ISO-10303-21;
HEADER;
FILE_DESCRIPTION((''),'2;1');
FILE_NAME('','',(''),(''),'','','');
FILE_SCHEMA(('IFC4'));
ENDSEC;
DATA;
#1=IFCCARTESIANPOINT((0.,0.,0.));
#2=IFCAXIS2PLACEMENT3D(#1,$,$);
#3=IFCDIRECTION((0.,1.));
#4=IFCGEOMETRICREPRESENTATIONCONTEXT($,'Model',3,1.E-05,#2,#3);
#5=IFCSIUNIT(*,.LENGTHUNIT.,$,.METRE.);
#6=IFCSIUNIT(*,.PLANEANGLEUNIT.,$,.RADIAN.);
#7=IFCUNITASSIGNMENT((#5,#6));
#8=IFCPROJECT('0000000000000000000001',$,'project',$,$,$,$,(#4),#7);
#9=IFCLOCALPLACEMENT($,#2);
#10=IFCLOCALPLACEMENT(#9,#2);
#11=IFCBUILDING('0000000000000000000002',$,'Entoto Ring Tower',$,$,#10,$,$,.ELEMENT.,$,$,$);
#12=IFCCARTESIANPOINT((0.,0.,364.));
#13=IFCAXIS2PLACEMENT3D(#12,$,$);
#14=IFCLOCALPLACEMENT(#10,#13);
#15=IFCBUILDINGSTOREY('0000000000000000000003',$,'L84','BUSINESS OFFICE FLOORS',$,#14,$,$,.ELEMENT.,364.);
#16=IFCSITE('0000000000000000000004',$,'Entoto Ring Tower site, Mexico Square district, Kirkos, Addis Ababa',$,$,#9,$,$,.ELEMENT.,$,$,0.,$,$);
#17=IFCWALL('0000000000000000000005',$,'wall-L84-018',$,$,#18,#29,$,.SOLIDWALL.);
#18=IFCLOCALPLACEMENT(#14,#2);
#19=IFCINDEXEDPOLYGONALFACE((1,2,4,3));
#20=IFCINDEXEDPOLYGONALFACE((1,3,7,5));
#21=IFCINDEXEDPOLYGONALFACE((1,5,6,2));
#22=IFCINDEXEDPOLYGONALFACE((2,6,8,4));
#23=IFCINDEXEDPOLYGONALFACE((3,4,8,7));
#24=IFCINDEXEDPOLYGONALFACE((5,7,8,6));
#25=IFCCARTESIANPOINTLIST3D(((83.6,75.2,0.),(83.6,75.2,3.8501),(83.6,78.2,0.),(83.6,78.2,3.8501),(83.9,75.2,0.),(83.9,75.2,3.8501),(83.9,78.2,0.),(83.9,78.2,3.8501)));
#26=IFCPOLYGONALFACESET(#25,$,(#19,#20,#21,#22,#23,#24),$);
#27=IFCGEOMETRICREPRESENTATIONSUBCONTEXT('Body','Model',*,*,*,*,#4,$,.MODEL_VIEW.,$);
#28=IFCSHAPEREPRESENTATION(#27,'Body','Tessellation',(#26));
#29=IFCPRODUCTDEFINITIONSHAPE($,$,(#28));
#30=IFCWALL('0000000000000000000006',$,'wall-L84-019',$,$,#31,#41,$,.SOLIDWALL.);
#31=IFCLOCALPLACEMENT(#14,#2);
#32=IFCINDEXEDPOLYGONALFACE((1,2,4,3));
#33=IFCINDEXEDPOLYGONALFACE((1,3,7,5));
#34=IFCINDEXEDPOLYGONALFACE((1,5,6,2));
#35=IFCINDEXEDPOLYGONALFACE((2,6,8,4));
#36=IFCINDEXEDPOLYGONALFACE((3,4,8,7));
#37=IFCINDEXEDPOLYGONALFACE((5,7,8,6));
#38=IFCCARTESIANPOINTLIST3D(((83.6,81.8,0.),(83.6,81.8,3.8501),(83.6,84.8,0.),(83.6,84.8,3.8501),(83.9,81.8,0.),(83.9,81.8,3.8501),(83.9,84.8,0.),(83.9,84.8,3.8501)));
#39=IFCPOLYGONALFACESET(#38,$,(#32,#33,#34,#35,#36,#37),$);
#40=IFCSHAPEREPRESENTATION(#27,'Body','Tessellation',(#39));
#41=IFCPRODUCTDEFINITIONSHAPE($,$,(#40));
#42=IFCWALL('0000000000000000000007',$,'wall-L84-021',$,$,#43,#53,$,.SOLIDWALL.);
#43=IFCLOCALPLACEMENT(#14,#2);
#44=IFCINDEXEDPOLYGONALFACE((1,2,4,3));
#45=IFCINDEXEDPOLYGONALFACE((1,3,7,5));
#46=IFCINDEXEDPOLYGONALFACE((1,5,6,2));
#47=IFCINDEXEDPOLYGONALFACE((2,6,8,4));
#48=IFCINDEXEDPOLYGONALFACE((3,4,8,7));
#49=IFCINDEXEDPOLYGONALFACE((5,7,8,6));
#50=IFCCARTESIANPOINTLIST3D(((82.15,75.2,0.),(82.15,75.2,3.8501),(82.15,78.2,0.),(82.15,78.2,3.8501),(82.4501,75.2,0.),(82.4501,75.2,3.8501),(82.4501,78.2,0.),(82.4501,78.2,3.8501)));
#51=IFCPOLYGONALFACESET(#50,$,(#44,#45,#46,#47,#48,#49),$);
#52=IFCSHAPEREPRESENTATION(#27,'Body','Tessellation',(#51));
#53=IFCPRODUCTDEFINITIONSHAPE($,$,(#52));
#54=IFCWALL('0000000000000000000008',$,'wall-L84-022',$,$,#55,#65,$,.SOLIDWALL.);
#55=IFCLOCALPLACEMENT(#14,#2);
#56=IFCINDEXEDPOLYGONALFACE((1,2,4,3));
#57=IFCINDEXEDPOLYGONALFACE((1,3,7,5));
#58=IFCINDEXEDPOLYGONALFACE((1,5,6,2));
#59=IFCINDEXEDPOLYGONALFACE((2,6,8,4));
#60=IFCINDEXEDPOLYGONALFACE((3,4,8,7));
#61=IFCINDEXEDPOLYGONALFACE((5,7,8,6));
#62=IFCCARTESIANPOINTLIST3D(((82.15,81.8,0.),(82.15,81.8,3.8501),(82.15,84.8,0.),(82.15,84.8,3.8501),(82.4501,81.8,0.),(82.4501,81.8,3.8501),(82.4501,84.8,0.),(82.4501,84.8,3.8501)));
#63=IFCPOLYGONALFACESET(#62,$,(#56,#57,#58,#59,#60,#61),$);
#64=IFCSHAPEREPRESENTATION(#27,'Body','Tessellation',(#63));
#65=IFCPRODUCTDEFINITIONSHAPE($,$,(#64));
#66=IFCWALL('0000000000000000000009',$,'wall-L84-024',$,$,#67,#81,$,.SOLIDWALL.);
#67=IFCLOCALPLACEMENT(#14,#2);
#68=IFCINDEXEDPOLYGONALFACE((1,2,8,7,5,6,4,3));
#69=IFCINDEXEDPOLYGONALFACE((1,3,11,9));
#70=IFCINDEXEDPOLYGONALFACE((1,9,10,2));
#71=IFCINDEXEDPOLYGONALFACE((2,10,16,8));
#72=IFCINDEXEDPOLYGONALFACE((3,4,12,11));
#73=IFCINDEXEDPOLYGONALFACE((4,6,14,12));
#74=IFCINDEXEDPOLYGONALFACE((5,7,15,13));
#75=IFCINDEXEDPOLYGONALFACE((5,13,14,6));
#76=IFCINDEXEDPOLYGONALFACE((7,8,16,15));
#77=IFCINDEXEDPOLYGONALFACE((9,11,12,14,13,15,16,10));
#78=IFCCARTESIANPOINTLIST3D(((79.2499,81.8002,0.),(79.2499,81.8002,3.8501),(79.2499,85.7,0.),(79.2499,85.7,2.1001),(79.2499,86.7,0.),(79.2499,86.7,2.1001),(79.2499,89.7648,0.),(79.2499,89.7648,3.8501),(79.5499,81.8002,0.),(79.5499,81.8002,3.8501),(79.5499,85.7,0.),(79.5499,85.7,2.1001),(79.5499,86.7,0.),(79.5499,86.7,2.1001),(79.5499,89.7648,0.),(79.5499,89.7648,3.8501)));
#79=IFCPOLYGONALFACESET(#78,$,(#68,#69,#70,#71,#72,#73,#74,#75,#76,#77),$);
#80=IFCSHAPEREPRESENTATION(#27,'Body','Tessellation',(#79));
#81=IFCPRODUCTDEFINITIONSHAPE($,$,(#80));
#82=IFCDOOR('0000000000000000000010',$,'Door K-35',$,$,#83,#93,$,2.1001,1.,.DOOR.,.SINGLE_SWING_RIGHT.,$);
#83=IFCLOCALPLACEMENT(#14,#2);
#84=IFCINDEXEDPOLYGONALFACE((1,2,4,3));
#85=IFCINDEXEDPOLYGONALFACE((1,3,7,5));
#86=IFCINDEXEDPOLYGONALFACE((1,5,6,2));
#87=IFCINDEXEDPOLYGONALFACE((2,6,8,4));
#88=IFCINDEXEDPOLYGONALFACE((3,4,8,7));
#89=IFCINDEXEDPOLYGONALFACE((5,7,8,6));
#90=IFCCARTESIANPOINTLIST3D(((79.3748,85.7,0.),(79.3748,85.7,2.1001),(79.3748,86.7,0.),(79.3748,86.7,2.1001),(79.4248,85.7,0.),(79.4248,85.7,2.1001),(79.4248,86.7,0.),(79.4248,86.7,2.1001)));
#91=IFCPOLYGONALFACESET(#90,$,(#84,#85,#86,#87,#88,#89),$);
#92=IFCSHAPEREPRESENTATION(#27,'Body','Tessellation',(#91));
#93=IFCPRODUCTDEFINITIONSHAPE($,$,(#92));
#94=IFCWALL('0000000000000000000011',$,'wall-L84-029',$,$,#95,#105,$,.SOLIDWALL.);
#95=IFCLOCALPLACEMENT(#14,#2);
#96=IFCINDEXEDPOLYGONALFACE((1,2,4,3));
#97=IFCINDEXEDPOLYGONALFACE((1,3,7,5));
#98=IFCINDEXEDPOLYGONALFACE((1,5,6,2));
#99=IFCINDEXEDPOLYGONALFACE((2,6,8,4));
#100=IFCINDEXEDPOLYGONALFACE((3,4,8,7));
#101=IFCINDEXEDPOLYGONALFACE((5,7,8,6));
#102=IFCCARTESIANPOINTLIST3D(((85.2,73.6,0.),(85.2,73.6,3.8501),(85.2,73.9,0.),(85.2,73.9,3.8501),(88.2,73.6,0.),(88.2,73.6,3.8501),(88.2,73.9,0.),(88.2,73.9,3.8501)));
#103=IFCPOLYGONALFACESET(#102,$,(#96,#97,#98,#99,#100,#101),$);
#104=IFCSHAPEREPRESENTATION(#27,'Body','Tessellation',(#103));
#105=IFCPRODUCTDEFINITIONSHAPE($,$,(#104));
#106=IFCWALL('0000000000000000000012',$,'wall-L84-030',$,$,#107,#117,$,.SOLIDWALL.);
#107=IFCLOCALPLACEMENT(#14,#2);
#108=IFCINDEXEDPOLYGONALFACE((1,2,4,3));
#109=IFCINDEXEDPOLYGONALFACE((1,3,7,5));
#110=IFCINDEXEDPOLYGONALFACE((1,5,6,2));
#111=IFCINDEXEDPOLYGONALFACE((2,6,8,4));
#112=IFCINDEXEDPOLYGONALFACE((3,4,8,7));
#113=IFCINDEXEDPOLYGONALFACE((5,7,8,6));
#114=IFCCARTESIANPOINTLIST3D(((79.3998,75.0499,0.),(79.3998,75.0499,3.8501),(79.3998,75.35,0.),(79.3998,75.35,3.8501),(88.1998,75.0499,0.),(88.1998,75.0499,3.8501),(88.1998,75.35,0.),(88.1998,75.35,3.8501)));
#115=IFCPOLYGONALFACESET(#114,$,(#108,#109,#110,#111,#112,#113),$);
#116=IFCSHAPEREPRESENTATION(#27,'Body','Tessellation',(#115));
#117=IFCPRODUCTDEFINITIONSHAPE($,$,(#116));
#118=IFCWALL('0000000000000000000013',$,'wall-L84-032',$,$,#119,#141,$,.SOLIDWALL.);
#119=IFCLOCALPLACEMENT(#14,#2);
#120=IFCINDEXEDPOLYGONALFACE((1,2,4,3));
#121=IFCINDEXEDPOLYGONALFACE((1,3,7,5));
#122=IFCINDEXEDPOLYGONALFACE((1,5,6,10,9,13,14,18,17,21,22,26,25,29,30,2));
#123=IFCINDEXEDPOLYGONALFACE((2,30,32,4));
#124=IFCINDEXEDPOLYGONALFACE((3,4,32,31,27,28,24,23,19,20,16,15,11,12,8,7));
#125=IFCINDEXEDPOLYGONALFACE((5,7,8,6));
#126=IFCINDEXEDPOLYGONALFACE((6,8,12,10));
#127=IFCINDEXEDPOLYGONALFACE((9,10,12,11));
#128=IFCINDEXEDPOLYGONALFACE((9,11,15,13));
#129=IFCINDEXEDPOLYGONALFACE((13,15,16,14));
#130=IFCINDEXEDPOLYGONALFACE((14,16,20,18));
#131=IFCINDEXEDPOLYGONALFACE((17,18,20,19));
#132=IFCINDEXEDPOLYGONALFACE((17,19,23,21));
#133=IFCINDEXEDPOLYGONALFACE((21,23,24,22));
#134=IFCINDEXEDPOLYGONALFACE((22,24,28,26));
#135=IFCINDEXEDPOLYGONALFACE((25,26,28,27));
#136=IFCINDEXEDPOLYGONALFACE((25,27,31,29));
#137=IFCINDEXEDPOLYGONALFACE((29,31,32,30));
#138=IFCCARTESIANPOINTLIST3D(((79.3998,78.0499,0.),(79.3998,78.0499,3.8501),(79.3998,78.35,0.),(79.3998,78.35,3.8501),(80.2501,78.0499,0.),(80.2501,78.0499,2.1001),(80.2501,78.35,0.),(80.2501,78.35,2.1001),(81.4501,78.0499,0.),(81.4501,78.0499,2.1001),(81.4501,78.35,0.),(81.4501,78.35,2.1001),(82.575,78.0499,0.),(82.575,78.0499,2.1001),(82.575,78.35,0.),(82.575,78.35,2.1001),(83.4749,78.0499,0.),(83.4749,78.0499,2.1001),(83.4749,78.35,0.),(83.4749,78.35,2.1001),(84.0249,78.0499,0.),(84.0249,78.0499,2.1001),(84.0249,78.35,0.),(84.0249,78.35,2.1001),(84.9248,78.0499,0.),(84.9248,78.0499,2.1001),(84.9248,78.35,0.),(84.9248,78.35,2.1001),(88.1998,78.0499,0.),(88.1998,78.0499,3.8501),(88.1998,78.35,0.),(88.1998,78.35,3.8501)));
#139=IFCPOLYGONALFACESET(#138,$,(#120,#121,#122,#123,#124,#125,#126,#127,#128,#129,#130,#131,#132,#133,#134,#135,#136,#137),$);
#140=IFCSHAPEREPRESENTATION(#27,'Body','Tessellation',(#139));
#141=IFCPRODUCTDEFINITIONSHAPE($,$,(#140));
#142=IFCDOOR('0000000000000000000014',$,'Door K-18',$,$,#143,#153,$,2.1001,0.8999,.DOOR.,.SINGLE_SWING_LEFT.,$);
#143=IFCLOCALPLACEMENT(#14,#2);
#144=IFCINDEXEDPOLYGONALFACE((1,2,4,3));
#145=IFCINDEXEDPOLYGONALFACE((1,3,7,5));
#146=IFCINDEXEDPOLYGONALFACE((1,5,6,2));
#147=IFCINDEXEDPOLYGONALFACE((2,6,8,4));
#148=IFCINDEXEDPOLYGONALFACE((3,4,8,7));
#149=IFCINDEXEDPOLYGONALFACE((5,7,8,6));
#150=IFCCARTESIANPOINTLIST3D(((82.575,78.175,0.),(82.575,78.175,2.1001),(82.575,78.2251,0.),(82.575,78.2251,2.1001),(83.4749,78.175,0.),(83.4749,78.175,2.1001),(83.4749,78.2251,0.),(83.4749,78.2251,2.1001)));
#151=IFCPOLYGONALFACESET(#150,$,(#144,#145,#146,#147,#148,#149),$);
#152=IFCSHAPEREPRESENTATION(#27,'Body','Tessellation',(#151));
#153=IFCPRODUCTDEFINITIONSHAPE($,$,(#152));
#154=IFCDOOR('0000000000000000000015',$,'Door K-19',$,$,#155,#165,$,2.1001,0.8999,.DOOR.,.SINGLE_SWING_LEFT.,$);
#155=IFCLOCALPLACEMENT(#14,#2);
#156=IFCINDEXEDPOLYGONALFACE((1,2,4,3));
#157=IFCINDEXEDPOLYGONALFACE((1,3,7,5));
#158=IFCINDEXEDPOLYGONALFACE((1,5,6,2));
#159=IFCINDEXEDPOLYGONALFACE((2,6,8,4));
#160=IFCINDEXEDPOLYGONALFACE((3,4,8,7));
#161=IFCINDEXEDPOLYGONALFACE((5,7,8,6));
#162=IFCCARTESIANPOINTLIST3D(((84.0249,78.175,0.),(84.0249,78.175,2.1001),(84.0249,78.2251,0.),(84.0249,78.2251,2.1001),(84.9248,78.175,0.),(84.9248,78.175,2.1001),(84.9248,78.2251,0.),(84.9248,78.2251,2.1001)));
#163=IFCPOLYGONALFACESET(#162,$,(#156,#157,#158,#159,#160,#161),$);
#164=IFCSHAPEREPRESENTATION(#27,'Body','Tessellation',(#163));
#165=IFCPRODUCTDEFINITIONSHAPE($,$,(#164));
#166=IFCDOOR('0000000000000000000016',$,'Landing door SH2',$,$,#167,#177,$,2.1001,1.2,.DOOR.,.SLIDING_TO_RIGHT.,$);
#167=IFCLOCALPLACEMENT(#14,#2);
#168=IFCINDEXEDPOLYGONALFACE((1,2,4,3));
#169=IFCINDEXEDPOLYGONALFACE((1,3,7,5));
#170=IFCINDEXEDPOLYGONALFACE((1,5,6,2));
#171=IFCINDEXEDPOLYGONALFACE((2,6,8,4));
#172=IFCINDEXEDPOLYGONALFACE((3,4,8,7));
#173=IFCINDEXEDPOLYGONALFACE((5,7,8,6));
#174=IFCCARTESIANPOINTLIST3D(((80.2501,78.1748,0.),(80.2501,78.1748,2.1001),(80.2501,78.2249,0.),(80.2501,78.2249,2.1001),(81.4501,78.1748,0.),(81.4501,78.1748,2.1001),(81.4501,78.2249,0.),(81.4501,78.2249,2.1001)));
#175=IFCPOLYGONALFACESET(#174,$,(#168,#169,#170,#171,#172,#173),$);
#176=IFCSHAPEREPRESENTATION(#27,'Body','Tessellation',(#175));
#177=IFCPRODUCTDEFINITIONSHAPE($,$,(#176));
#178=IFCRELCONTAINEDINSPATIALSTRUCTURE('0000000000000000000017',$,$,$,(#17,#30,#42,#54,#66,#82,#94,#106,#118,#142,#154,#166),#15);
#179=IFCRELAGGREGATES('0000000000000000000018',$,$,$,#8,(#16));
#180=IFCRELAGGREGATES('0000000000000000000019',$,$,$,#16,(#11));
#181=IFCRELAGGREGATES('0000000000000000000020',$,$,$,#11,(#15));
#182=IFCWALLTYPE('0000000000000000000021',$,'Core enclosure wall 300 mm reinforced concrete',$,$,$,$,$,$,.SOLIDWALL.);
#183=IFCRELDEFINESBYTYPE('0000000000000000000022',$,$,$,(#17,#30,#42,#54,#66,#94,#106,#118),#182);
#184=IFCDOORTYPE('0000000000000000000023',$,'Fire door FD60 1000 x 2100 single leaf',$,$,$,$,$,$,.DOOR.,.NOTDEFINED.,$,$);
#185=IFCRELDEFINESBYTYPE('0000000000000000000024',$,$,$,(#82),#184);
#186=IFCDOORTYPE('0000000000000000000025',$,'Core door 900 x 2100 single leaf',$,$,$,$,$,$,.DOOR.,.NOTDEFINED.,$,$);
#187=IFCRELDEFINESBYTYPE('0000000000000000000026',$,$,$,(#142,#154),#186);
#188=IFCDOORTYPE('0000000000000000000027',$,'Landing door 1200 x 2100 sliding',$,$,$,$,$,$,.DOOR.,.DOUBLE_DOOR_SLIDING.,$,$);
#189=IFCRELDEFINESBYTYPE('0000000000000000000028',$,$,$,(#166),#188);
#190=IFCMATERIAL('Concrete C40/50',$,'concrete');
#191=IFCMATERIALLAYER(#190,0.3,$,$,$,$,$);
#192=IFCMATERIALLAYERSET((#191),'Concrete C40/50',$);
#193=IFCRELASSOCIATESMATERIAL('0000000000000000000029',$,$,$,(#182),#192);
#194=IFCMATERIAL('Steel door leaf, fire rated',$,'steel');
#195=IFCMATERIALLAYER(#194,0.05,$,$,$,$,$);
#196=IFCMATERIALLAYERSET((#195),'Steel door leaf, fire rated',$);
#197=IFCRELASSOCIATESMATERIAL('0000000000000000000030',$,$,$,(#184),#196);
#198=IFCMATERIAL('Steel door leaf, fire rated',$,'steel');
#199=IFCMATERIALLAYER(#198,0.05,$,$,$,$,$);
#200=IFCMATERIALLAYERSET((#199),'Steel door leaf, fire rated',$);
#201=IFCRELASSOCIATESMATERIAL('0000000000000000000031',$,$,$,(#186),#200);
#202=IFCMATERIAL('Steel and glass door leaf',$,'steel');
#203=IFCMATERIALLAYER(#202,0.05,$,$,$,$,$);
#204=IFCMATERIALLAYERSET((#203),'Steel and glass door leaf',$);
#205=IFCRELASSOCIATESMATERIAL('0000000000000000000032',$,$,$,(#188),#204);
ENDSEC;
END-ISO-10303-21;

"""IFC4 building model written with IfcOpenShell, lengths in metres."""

from ifc_helpers import new_model, si_unit, direction, frame, frame_2d, origin, place, context, subcontext, project, spatial, rectangle, extrude, material, layer, layer_set, type_object, element, fill, save


model = new_model("IFC4")

# Units and contexts
model_context = context("Model", 3, precision=1e-05, world=origin(), true_north=direction((0.0, 1.0)))
body_context = subcontext(model_context, "Body", "Model", "MODEL_VIEW")
ifc_project = project(units=[si_unit("LENGTHUNIT", "METRE"), si_unit("PLANEANGLEUNIT", "RADIAN")], contexts=[model_context])

# Site, building, storey
site_placement = place(None, origin())
site = spatial("IfcSite", under=ifc_project, at=site_placement, Name="Entoto Ring Tower site, Mexico Square district, Kirkos, Addis Ababa", CompositionType="ELEMENT", RefElevation=0.0)
building_placement = place(site_placement, origin())
building = spatial("IfcBuilding", under=site, at=building_placement, Name="Entoto Ring Tower", CompositionType="ELEMENT")
storey_placement = place(building_placement, frame((0.0, 0.0, 364.0)))
storey = spatial("IfcBuildingStorey", under=building, at=storey_placement, Name="L84", Description="BUSINESS OFFICE FLOORS", CompositionType="ELEMENT", Elevation=364.0)

# Walls
ifc_material_1 = material(Name="Concrete C40/50", Category="concrete")
ifc_layer_1 = layer(ifc_material_1, 0.3)
ifc_layer_set_1 = layer_set([ifc_layer_1], Name="Concrete C40/50")
wall_type = type_object("IfcWallType", Name="Core enclosure wall 300 mm reinforced concrete", PredefinedType="SOLIDWALL", material=ifc_layer_set_1)
for number, where, z_axis, x_axis, name in (
    (1, (83.75, 75.2, 0.0), (0.0, 0.0, 1.0), (0.0, 1.0, 0.0), "wall-L84-018"),
    (2, (83.75, 81.8, 0.0), (0.0, 0.0, 1.0), (0.0, 1.0, 0.0), "wall-L84-019"),
    (3, (82.3, 75.2, 0.0), (0.0, 0.0, 1.0), (0.0, 1.0, 0.0), "wall-L84-021"),
    (4, (82.3, 81.8, 0.0), (0.0, 0.0, 1.0), (0.0, 1.0, 0.0), "wall-L84-022"),
):
    element("IfcWall", number, at=place(storey_placement, frame(where, z_axis=z_axis, x_axis=x_axis)), inside=storey, type_object=wall_type, Name=name, PredefinedType="SOLIDWALL", context=body_context, shape_type="SweptSolid", body=[
        extrude(rectangle(XDim=3.0, YDim=0.3, at=frame_2d((1.5, 0.0))), origin(), (0.0, 0.0, 1.0), 3.8501),
    ])

# Wall, opening, door
wall_1_placement = place(storey_placement, frame((79.3999, 81.8, 0.0), z_axis=(0.0, 0.0, 1.0), x_axis=(0.0, 1.0, 0.0)))
wall_1 = element("IfcWall", 5, at=wall_1_placement, inside=storey, type_object=wall_type, Name="wall-L84-024", PredefinedType="SOLIDWALL", context=body_context, shape_type="SweptSolid", body=[
    extrude(rectangle(XDim=7.9646, YDim=0.3, at=frame_2d((3.9824, 0.0))), origin(), (0.0, 0.0, 1.0), 3.8501),
])
opening_1_placement = place(wall_1_placement, frame((3.8999, 0.0, 0.0)))
opening_1 = element("IfcOpeningElement", 6, at=opening_1_placement, cuts=wall_1, PredefinedType="OPENING", context=body_context, shape_type="SweptSolid", body=[
    extrude(rectangle(XDim=1.0, YDim=2.1001, at=frame_2d((0.5, 1.05))), frame((0.0, 0.1602, 0.0), z_axis=(0.0, -1.0, 0.0), x_axis=(1.0, 0.0, 0.0)), (0.0, 0.0, 1.0), 0.3201),
])
ifc_material_2 = material(Name="Steel door leaf, fire rated", Category="steel")
ifc_layer_2 = layer(ifc_material_2, 0.05)
ifc_layer_set_2 = layer_set([ifc_layer_2], Name="Steel door leaf, fire rated")
door_type_1 = type_object("IfcDoorType", Name="Fire door FD60 1000 x 2100 single leaf", OperationType="NOTDEFINED", PredefinedType="DOOR", material=ifc_layer_set_2)
door_1_placement = place(opening_1_placement, frame((1.0, 0.0, 0.0), z_axis=(0.0, 0.0, 1.0), x_axis=(-1.0, 0.0, 0.0)))
door_1 = element("IfcDoor", 7, at=door_1_placement, inside=storey, type_object=door_type_1, Name="Door K-35", OperationType="SINGLE_SWING_RIGHT", OverallHeight=2.1001, OverallWidth=1.0, PredefinedType="DOOR", context=body_context, shape_type="SweptSolid", body=[
    extrude(rectangle(XDim=1.0, YDim=2.1001, at=frame_2d((0.5, 1.05))), frame((0.0, 0.0249, 0.0), z_axis=(0.0, -1.0, 0.0), x_axis=(1.0, 0.0, 0.0)), (0.0, 0.0, 1.0), 0.05),
])
fill(opening_1, door_1)

# Walls
wall_2_placement = place(storey_placement, frame((85.2, 73.75, 0.0), z_axis=(0.0, 0.0, 1.0), x_axis=(1.0, 0.0, 0.0)))
element("IfcWall", 8, at=wall_2_placement, inside=storey, type_object=wall_type, Name="wall-L84-029", PredefinedType="SOLIDWALL", context=body_context, shape_type="SweptSolid", body=[
    extrude(rectangle(XDim=3.0, YDim=0.3, at=frame_2d((1.5, 0.0))), origin(), (0.0, 0.0, 1.0), 3.8501),
])
wall_3_placement = place(storey_placement, frame((79.3999, 75.2, 0.0), z_axis=(0.0, 0.0, 1.0), x_axis=(1.0, 0.0, 0.0)))
element("IfcWall", 9, at=wall_3_placement, inside=storey, type_object=wall_type, Name="wall-L84-030", PredefinedType="SOLIDWALL", context=body_context, shape_type="SweptSolid", body=[
    extrude(rectangle(XDim=8.8, YDim=0.3, at=frame_2d((4.3999, 0.0))), origin(), (0.0, 0.0, 1.0), 3.8501),
])

# Wall, openings, doors
wall_4_placement = place(storey_placement, frame((79.3999, 78.2, 0.0), z_axis=(0.0, 0.0, 1.0), x_axis=(1.0, 0.0, 0.0)))
wall_4 = element("IfcWall", 10, at=wall_4_placement, inside=storey, type_object=wall_type, Name="wall-L84-032", PredefinedType="SOLIDWALL", context=body_context, shape_type="SweptSolid", body=[
    extrude(rectangle(XDim=8.8, YDim=0.3, at=frame_2d((4.3999, 0.0))), origin(), (0.0, 0.0, 1.0), 3.8501),
])
opening_2_placement = place(wall_4_placement, frame((0.8501, 0.0, 0.0)))
opening_2 = element("IfcOpeningElement", 11, at=opening_2_placement, cuts=wall_4, PredefinedType="OPENING", context=body_context, shape_type="SweptSolid", body=[
    extrude(rectangle(XDim=1.2, YDim=2.1001, at=frame_2d((0.6001, 1.05))), frame((0.0, 0.1602, 0.0), z_axis=(0.0, -1.0, 0.0), x_axis=(1.0, 0.0, 0.0)), (0.0, 0.0, 1.0), 0.3201),
])
opening_3_placement = place(wall_4_placement, frame((3.175, 0.0, 0.0)))
opening_3 = element("IfcOpeningElement", 12, at=opening_3_placement, cuts=wall_4, PredefinedType="OPENING", context=body_context, shape_type="SweptSolid", body=[
    extrude(rectangle(XDim=0.8999, YDim=2.1001, at=frame_2d((0.45, 1.05))), frame((0.0, 0.1602, 0.0), z_axis=(0.0, -1.0, 0.0), x_axis=(1.0, 0.0, 0.0)), (0.0, 0.0, 1.0), 0.3201),
])
opening_4_placement = place(wall_4_placement, frame((4.625, 0.0, 0.0)))
opening_4 = element("IfcOpeningElement", 13, at=opening_4_placement, cuts=wall_4, PredefinedType="OPENING", context=body_context, shape_type="SweptSolid", body=[
    extrude(rectangle(XDim=0.8999, YDim=2.1001, at=frame_2d((0.45, 1.05))), frame((0.0, 0.1602, 0.0), z_axis=(0.0, -1.0, 0.0), x_axis=(1.0, 0.0, 0.0)), (0.0, 0.0, 1.0), 0.3201),
])
ifc_material_3 = material(Name="Steel door leaf, fire rated", Category="steel")
ifc_layer_3 = layer(ifc_material_3, 0.05)
ifc_layer_set_3 = layer_set([ifc_layer_3], Name="Steel door leaf, fire rated")
door_type_2 = type_object("IfcDoorType", Name="Core door 900 x 2100 single leaf", OperationType="NOTDEFINED", PredefinedType="DOOR", material=ifc_layer_set_3)
door_2_placement = place(opening_3_placement, frame((0.8999, 0.0, 0.0), z_axis=(0.0, 0.0, 1.0), x_axis=(-1.0, 0.0, 0.0)))
door_2 = element("IfcDoor", 14, at=door_2_placement, inside=storey, type_object=door_type_2, Name="Door K-18", OperationType="SINGLE_SWING_LEFT", OverallHeight=2.1001, OverallWidth=0.8999, PredefinedType="DOOR", context=body_context, shape_type="SweptSolid", body=[
    extrude(rectangle(XDim=0.8999, YDim=2.1001, at=frame_2d((0.45, 1.05))), frame((0.0, 0.0249, 0.0), z_axis=(0.0, -1.0, 0.0), x_axis=(1.0, 0.0, 0.0)), (0.0, 0.0, 1.0), 0.05),
])
fill(opening_3, door_2)
door_3_placement = place(opening_4_placement, frame((0.8999, 0.0, 0.0), z_axis=(0.0, 0.0, 1.0), x_axis=(-1.0, 0.0, 0.0)))
door_3 = element("IfcDoor", 15, at=door_3_placement, inside=storey, type_object=door_type_2, Name="Door K-19", OperationType="SINGLE_SWING_LEFT", OverallHeight=2.1001, OverallWidth=0.8999, PredefinedType="DOOR", context=body_context, shape_type="SweptSolid", body=[
    extrude(rectangle(XDim=0.8999, YDim=2.1001, at=frame_2d((0.45, 1.05))), frame((0.0, 0.0249, 0.0), z_axis=(0.0, -1.0, 0.0), x_axis=(1.0, 0.0, 0.0)), (0.0, 0.0, 1.0), 0.05),
])
fill(opening_4, door_3)
ifc_material_4 = material(Name="Steel and glass door leaf", Category="steel")
ifc_layer_4 = layer(ifc_material_4, 0.05)
ifc_layer_set_4 = layer_set([ifc_layer_4], Name="Steel and glass door leaf")
door_type_3 = type_object("IfcDoorType", Name="Landing door 1200 x 2100 sliding", OperationType="DOUBLE_DOOR_SLIDING", PredefinedType="DOOR", material=ifc_layer_set_4)
door_4_placement = place(opening_2_placement, origin())
door_4 = element("IfcDoor", 16, at=door_4_placement, inside=storey, type_object=door_type_3, Name="Landing door SH2", OperationType="SLIDING_TO_RIGHT", OverallHeight=2.1001, OverallWidth=1.2, PredefinedType="DOOR", context=body_context, shape_type="SweptSolid", body=[
    extrude(rectangle(XDim=1.2, YDim=2.1001, at=frame_2d((0.6001, 1.05))), frame((0.0, 0.0249, 0.0), z_axis=(0.0, -1.0, 0.0), x_axis=(1.0, 0.0, 0.0)), (0.0, 0.0, 1.0), 0.05),
])
fill(opening_2, door_4)

save(model, "model.ifc")
